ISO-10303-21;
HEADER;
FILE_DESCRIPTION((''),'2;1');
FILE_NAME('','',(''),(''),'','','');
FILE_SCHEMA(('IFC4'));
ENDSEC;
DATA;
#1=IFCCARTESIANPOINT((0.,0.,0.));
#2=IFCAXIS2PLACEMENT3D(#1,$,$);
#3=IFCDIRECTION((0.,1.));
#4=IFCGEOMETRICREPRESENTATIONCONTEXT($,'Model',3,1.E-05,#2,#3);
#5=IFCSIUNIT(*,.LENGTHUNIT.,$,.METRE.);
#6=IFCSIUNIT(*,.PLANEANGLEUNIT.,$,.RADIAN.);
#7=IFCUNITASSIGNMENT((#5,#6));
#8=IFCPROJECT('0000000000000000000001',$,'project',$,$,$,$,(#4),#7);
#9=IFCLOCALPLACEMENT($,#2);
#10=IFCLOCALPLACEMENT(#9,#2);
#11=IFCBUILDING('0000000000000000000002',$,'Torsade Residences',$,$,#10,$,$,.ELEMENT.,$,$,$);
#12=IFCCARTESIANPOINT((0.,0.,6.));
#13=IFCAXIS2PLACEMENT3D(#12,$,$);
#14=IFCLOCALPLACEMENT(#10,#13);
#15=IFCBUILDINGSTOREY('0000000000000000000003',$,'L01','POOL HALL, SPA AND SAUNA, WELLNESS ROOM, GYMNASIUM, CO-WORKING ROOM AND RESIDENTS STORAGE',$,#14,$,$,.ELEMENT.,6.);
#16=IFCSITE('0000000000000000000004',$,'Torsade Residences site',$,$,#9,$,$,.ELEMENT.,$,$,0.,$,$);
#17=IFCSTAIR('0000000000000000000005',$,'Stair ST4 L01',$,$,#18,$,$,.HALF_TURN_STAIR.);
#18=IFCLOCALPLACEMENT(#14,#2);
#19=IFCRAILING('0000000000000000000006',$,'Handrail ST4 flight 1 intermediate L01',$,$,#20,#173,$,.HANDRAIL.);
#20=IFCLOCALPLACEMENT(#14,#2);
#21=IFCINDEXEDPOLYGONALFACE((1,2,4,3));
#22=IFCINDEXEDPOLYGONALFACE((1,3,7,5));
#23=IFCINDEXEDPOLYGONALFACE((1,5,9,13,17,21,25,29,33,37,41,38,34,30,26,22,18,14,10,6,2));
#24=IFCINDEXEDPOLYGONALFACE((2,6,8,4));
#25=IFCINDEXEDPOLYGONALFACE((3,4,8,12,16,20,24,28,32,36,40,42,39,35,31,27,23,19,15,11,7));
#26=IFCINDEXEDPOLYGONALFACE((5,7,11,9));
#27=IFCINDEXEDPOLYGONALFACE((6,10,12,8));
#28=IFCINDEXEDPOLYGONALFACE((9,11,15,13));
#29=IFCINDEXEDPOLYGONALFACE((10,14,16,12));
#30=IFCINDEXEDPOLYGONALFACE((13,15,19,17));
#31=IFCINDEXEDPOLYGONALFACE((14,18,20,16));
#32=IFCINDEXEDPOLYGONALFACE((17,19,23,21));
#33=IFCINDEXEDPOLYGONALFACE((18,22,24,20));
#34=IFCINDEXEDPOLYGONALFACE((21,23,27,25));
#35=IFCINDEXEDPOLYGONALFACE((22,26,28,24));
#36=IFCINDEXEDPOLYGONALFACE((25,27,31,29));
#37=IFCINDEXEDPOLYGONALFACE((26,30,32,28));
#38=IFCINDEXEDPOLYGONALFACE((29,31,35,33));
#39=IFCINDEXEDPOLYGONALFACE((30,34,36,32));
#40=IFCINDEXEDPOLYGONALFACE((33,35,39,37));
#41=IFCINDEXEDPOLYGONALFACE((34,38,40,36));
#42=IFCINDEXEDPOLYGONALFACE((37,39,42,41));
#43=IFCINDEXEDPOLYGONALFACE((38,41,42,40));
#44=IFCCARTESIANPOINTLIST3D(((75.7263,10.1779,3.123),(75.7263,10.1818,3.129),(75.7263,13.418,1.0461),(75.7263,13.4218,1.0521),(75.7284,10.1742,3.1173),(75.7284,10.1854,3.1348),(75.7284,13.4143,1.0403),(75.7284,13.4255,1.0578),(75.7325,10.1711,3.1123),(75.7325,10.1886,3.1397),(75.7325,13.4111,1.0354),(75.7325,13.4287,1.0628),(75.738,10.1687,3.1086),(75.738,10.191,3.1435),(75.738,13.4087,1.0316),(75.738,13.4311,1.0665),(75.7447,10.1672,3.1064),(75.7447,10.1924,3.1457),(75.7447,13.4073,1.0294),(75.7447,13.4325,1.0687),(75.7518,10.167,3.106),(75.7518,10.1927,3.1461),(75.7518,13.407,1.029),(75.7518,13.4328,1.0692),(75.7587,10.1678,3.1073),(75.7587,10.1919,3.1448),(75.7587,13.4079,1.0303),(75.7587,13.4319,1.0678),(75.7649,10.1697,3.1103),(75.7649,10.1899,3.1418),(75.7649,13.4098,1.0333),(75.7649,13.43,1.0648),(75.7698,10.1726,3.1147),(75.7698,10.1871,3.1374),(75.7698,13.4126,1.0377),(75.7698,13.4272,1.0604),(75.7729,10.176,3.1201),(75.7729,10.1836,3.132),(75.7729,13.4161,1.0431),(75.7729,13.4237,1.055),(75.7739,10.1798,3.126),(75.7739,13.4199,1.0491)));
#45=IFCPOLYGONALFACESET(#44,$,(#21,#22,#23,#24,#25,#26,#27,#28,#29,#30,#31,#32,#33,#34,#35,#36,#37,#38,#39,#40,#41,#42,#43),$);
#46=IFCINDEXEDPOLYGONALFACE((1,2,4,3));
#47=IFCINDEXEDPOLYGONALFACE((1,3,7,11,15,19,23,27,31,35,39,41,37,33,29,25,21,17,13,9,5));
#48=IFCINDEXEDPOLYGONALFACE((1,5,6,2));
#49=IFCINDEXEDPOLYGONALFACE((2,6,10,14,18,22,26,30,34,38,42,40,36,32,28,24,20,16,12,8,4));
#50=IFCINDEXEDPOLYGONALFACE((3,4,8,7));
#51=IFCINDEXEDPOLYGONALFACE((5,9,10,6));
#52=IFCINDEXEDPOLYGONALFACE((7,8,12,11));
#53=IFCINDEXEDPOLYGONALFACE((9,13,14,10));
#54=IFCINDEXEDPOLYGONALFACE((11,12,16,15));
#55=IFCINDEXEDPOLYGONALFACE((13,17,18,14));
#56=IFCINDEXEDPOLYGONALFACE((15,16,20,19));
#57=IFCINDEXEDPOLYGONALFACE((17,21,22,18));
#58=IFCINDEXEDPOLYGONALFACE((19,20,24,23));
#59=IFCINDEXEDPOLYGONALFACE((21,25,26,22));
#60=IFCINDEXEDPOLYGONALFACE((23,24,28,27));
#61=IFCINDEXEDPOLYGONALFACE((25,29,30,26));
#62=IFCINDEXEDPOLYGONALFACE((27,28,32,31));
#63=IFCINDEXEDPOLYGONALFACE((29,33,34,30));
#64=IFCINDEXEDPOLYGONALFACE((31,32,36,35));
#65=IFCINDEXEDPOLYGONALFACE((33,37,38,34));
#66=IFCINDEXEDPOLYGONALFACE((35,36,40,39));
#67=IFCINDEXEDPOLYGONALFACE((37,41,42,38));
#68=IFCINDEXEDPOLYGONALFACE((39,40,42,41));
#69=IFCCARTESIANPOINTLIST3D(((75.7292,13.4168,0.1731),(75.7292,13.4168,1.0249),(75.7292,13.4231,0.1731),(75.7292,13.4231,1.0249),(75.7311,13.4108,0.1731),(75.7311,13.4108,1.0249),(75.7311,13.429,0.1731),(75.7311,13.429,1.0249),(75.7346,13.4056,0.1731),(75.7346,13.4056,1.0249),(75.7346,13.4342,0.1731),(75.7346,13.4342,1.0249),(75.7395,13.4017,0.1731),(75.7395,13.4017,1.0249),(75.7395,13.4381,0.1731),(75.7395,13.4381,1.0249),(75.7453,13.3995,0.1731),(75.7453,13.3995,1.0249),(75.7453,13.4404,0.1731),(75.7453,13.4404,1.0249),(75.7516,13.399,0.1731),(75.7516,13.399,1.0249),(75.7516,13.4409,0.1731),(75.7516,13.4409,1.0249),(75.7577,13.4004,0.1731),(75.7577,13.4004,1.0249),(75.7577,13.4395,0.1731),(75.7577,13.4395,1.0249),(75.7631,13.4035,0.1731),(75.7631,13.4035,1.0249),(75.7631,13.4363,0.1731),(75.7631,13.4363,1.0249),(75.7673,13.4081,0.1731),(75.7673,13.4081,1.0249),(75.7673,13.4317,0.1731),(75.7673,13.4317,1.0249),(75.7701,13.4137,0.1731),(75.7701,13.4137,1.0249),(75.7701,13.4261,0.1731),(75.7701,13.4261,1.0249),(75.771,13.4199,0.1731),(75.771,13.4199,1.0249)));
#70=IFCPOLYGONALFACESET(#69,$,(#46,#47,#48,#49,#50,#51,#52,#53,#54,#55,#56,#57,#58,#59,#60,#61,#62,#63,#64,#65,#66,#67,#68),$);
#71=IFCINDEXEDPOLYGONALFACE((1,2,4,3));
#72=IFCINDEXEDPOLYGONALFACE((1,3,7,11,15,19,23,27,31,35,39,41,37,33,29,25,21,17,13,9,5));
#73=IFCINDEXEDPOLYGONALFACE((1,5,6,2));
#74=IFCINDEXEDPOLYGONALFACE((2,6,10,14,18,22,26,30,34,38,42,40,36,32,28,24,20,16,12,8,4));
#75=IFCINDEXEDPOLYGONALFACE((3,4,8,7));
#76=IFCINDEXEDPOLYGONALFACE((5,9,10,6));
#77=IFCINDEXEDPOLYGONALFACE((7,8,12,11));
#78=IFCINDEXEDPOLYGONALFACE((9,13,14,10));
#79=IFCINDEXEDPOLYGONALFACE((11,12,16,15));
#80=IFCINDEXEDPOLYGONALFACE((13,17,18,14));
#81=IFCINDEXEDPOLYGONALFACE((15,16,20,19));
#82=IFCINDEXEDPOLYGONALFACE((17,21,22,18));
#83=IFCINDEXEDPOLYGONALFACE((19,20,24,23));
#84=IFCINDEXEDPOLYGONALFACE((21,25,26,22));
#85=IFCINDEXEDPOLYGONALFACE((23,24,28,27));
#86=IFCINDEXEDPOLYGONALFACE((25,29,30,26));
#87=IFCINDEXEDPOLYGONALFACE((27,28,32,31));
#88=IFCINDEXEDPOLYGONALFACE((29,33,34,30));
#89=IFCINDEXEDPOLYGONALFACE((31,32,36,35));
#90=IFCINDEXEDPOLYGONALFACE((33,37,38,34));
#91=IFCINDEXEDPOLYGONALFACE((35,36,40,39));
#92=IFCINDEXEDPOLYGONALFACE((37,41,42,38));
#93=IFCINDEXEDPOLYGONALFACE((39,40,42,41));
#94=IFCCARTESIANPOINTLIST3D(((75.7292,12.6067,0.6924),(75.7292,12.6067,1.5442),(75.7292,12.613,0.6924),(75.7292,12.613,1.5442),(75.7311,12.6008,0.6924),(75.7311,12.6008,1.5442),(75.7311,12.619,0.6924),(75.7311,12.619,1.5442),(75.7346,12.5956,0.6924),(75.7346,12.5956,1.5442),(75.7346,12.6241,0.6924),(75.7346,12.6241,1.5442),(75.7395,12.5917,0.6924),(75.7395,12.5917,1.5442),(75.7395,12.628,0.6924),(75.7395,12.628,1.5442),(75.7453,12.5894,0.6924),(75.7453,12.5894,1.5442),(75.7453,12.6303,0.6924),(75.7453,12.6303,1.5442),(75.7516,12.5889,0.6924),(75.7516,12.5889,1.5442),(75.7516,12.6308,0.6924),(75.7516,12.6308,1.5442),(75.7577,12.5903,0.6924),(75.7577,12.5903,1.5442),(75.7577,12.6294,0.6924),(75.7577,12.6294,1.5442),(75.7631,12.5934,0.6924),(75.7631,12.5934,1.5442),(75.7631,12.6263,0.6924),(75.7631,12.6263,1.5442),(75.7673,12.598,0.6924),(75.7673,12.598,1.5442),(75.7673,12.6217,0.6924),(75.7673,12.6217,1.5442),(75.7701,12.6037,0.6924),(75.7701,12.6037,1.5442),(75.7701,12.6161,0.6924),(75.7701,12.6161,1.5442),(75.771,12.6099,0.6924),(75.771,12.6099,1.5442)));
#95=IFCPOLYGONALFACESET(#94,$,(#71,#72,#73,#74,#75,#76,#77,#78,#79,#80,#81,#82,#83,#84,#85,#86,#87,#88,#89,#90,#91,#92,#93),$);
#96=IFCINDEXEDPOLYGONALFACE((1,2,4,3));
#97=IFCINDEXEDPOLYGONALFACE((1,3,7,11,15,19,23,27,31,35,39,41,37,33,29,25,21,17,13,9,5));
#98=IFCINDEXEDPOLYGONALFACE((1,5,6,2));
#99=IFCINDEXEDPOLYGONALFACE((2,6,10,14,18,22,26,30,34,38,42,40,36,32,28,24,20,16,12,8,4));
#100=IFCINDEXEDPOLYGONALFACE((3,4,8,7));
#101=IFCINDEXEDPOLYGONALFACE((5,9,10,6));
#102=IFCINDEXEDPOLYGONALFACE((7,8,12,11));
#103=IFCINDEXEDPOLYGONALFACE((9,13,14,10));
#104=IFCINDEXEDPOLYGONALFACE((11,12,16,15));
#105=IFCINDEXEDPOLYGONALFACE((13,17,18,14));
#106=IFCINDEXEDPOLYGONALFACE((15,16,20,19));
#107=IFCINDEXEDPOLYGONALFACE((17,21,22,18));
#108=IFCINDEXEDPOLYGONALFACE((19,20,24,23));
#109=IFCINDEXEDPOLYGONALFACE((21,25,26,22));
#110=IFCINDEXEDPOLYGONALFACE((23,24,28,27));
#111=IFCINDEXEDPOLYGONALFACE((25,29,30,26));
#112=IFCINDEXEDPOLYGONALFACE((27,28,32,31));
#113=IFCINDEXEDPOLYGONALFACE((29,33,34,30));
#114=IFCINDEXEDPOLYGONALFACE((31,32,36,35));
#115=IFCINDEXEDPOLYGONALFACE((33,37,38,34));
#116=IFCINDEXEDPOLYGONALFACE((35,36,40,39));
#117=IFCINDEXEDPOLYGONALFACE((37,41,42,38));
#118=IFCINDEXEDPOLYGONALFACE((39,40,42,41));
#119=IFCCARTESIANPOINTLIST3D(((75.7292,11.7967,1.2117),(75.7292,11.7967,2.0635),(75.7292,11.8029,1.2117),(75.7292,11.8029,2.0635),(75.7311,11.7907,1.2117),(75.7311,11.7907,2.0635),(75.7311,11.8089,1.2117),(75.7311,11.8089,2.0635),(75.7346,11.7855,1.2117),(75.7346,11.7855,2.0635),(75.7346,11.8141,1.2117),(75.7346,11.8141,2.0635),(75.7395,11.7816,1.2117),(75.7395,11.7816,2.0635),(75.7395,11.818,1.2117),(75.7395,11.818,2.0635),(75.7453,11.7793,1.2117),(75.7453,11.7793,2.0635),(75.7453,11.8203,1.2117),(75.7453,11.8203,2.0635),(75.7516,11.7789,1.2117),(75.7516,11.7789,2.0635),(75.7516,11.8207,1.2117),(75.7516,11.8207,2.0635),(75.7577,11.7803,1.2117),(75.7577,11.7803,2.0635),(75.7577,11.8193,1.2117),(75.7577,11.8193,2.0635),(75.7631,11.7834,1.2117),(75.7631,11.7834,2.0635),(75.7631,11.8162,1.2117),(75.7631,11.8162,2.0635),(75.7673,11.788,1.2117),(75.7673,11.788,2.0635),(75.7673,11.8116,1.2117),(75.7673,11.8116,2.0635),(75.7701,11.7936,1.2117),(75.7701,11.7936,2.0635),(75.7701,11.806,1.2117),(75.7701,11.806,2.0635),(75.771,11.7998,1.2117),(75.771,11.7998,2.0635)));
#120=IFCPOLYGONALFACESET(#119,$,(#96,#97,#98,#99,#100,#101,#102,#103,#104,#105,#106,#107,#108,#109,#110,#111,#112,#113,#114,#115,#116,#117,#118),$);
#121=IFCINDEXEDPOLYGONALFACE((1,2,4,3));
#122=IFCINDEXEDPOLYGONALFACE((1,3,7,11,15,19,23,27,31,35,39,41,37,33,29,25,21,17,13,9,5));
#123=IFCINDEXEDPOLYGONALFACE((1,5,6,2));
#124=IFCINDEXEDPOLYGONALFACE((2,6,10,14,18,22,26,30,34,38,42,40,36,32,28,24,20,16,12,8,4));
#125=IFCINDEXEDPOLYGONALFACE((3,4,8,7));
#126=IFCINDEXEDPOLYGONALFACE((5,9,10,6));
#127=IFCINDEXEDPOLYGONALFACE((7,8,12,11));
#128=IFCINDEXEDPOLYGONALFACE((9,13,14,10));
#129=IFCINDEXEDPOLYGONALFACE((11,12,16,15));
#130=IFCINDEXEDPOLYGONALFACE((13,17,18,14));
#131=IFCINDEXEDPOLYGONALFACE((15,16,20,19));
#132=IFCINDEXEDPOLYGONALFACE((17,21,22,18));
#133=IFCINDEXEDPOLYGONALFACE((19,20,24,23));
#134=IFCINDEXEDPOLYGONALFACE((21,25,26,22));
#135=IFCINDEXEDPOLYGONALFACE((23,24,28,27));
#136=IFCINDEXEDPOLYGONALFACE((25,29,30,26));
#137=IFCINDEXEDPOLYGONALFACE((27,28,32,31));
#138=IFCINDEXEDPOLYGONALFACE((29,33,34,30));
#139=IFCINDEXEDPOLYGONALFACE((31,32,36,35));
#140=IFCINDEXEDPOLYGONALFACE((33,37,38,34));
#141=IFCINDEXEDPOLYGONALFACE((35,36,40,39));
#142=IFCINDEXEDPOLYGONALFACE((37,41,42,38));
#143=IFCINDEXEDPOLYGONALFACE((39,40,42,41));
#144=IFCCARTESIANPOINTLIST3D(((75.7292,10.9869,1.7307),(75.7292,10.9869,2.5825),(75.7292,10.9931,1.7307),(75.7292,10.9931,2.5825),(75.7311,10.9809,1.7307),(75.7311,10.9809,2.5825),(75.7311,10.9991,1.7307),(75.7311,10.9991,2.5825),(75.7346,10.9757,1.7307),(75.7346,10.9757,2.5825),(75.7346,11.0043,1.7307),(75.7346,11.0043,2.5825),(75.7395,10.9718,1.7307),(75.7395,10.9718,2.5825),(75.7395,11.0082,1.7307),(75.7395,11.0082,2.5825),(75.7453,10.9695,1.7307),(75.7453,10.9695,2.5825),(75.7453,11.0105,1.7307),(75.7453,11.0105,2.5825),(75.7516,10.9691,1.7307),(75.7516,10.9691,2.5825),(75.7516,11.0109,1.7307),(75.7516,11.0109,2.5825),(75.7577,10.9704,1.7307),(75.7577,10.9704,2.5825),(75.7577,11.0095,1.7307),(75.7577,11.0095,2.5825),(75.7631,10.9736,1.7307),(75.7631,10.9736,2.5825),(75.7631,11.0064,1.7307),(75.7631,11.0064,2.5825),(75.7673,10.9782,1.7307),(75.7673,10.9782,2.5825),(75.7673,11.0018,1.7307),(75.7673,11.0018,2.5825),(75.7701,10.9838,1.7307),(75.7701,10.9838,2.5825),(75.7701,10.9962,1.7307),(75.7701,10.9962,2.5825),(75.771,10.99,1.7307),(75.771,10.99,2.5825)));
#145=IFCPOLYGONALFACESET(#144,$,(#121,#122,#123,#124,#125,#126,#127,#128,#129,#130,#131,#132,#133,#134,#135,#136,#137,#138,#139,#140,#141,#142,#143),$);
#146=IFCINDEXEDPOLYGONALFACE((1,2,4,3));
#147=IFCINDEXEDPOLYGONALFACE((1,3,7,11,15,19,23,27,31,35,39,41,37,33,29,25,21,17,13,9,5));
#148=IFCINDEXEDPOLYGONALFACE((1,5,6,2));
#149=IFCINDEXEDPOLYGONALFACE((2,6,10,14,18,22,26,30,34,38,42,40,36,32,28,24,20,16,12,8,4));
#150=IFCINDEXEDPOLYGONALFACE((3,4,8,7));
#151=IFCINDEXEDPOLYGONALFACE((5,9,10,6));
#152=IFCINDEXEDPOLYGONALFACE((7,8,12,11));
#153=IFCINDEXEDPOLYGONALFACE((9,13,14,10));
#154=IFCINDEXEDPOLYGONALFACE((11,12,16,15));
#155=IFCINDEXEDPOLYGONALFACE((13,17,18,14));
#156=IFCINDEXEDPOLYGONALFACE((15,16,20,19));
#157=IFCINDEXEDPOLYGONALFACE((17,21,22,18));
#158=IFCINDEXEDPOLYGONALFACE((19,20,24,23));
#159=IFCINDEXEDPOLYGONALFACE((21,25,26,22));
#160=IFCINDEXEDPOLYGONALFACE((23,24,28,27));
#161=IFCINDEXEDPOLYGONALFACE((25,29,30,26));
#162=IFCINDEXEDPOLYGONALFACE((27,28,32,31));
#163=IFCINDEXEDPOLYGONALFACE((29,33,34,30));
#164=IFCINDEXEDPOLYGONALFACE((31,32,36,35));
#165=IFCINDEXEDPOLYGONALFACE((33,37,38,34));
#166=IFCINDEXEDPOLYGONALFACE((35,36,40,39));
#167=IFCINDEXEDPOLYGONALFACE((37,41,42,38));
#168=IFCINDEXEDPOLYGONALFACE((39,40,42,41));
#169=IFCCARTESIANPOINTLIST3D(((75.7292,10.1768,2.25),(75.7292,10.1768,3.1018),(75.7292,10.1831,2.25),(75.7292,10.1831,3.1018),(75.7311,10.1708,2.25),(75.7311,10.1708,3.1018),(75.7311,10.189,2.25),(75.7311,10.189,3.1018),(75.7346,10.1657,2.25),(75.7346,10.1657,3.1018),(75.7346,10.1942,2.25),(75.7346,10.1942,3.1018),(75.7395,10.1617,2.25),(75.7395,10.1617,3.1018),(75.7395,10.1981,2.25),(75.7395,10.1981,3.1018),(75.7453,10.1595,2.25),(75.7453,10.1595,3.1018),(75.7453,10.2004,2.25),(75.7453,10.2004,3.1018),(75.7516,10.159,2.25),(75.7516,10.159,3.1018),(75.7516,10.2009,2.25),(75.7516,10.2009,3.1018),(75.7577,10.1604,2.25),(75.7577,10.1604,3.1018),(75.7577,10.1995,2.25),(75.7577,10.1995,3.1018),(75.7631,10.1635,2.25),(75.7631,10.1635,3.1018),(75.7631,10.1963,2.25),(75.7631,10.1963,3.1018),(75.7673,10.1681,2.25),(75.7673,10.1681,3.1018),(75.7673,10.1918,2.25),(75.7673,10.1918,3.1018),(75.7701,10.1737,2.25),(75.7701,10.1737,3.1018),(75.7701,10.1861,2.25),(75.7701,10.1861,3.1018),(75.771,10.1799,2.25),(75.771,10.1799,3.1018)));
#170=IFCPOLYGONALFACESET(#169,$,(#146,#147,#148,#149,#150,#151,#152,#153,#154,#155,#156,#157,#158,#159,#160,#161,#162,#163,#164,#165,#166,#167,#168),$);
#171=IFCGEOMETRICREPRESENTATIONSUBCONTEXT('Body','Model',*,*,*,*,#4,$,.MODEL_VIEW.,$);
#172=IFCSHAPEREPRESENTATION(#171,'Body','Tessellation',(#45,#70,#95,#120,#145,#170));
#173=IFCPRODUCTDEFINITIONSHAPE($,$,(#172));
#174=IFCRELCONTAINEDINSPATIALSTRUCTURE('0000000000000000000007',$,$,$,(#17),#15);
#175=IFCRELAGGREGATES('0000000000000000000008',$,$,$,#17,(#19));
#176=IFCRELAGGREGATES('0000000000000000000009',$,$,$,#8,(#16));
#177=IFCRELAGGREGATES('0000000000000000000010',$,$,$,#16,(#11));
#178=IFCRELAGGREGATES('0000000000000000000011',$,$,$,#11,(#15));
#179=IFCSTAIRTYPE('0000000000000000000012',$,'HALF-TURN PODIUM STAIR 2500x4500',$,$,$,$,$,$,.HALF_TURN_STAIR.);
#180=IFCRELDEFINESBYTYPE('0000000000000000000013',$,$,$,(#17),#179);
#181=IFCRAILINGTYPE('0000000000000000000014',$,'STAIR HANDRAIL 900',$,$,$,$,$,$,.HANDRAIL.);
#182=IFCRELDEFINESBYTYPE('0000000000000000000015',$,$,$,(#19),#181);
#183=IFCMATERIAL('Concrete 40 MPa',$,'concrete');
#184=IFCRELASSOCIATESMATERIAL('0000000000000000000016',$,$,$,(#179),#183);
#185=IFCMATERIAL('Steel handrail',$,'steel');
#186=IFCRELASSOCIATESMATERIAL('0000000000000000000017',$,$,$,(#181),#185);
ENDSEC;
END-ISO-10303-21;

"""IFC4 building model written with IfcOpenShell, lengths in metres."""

from ifc_helpers import new_model, si_unit, direction, frame, origin, origin_2d, place, context, subcontext, project, spatial, circle, extrude, material, type_object, element, aggregate, save


model = new_model("IFC4")

# Units and contexts
model_context = context("Model", 3, precision=1e-05, world=origin(), true_north=direction((0.0, 1.0)))
body_context = subcontext(model_context, "Body", "Model", "MODEL_VIEW")
ifc_project = project(units=[si_unit("LENGTHUNIT", "METRE"), si_unit("PLANEANGLEUNIT", "RADIAN")], contexts=[model_context])

# Site, building, storey
site_placement = place(None, origin())
site = spatial("IfcSite", under=ifc_project, at=site_placement, Name="Torsade Residences site", CompositionType="ELEMENT", RefElevation=0.0)
building_placement = place(site_placement, origin())
building = spatial("IfcBuilding", under=site, at=building_placement, Name="Torsade Residences", CompositionType="ELEMENT")
storey_placement = place(building_placement, frame((0.0, 0.0, 6.0)))
storey = spatial("IfcBuildingStorey", under=building, at=storey_placement, Name="L01", Description="POOL HALL, SPA AND SAUNA, WELLNESS ROOM, GYMNASIUM, CO-WORKING ROOM AND RESIDENTS STORAGE", CompositionType="ELEMENT", Elevation=6.0)

# Stair, railing
ifc_material_1 = material(Name="Concrete 40 MPa", Category="concrete")
stair_type = type_object("IfcStairType", Name="HALF-TURN PODIUM STAIR 2500x4500", PredefinedType="HALF_TURN_STAIR", material=ifc_material_1)
stair_placement = place(storey_placement, origin())
stair = element("IfcStair", 1, at=stair_placement, inside=storey, type_object=stair_type, Name="Stair ST4 L01", PredefinedType="HALF_TURN_STAIR")
ifc_material_2 = material(Name="Steel handrail", Category="steel")
railing_type = type_object("IfcRailingType", Name="STAIR HANDRAIL 900", PredefinedType="HANDRAIL", material=ifc_material_2)
railing_1_placement = place(storey_placement, frame((75.75, 13.4199, 0.1731)))
railing_1 = element("IfcRailing", 2, at=railing_1_placement, type_object=railing_type, Name="Handrail ST4 flight 1 intermediate L01", PredefinedType="HANDRAIL", context=body_context, shape_type="SweptSolid", body=[
    extrude(circle(Radius=0.0239, at=origin_2d()), frame((0.0, 0.0, 0.876), z_axis=(0.0, -0.841881, 0.539664), x_axis=(1.0, 0.0, 0.0)), (0.0, 0.0, 1.0), 3.8486),
    extrude(circle(Radius=0.021, at=origin_2d()), origin(), (0.0, 0.0, 1.0), 0.8518),
    extrude(circle(Radius=0.021, at=origin_2d()), frame((0.0, -0.8101, 0.5193)), (0.0, 0.0, 1.0), 0.8518),
    extrude(circle(Radius=0.021, at=origin_2d()), frame((0.0, -1.6201, 1.0386)), (0.0, 0.0, 1.0), 0.8518),
    extrude(circle(Radius=0.021, at=origin_2d()), frame((0.0, -2.4299, 1.5576)), (0.0, 0.0, 1.0), 0.8518),
    extrude(circle(Radius=0.021, at=origin_2d()), frame((0.0, -3.24, 2.0769)), (0.0, 0.0, 1.0), 0.8518),
])
aggregate(stair, [railing_1])

save(model, "model.ifc")
